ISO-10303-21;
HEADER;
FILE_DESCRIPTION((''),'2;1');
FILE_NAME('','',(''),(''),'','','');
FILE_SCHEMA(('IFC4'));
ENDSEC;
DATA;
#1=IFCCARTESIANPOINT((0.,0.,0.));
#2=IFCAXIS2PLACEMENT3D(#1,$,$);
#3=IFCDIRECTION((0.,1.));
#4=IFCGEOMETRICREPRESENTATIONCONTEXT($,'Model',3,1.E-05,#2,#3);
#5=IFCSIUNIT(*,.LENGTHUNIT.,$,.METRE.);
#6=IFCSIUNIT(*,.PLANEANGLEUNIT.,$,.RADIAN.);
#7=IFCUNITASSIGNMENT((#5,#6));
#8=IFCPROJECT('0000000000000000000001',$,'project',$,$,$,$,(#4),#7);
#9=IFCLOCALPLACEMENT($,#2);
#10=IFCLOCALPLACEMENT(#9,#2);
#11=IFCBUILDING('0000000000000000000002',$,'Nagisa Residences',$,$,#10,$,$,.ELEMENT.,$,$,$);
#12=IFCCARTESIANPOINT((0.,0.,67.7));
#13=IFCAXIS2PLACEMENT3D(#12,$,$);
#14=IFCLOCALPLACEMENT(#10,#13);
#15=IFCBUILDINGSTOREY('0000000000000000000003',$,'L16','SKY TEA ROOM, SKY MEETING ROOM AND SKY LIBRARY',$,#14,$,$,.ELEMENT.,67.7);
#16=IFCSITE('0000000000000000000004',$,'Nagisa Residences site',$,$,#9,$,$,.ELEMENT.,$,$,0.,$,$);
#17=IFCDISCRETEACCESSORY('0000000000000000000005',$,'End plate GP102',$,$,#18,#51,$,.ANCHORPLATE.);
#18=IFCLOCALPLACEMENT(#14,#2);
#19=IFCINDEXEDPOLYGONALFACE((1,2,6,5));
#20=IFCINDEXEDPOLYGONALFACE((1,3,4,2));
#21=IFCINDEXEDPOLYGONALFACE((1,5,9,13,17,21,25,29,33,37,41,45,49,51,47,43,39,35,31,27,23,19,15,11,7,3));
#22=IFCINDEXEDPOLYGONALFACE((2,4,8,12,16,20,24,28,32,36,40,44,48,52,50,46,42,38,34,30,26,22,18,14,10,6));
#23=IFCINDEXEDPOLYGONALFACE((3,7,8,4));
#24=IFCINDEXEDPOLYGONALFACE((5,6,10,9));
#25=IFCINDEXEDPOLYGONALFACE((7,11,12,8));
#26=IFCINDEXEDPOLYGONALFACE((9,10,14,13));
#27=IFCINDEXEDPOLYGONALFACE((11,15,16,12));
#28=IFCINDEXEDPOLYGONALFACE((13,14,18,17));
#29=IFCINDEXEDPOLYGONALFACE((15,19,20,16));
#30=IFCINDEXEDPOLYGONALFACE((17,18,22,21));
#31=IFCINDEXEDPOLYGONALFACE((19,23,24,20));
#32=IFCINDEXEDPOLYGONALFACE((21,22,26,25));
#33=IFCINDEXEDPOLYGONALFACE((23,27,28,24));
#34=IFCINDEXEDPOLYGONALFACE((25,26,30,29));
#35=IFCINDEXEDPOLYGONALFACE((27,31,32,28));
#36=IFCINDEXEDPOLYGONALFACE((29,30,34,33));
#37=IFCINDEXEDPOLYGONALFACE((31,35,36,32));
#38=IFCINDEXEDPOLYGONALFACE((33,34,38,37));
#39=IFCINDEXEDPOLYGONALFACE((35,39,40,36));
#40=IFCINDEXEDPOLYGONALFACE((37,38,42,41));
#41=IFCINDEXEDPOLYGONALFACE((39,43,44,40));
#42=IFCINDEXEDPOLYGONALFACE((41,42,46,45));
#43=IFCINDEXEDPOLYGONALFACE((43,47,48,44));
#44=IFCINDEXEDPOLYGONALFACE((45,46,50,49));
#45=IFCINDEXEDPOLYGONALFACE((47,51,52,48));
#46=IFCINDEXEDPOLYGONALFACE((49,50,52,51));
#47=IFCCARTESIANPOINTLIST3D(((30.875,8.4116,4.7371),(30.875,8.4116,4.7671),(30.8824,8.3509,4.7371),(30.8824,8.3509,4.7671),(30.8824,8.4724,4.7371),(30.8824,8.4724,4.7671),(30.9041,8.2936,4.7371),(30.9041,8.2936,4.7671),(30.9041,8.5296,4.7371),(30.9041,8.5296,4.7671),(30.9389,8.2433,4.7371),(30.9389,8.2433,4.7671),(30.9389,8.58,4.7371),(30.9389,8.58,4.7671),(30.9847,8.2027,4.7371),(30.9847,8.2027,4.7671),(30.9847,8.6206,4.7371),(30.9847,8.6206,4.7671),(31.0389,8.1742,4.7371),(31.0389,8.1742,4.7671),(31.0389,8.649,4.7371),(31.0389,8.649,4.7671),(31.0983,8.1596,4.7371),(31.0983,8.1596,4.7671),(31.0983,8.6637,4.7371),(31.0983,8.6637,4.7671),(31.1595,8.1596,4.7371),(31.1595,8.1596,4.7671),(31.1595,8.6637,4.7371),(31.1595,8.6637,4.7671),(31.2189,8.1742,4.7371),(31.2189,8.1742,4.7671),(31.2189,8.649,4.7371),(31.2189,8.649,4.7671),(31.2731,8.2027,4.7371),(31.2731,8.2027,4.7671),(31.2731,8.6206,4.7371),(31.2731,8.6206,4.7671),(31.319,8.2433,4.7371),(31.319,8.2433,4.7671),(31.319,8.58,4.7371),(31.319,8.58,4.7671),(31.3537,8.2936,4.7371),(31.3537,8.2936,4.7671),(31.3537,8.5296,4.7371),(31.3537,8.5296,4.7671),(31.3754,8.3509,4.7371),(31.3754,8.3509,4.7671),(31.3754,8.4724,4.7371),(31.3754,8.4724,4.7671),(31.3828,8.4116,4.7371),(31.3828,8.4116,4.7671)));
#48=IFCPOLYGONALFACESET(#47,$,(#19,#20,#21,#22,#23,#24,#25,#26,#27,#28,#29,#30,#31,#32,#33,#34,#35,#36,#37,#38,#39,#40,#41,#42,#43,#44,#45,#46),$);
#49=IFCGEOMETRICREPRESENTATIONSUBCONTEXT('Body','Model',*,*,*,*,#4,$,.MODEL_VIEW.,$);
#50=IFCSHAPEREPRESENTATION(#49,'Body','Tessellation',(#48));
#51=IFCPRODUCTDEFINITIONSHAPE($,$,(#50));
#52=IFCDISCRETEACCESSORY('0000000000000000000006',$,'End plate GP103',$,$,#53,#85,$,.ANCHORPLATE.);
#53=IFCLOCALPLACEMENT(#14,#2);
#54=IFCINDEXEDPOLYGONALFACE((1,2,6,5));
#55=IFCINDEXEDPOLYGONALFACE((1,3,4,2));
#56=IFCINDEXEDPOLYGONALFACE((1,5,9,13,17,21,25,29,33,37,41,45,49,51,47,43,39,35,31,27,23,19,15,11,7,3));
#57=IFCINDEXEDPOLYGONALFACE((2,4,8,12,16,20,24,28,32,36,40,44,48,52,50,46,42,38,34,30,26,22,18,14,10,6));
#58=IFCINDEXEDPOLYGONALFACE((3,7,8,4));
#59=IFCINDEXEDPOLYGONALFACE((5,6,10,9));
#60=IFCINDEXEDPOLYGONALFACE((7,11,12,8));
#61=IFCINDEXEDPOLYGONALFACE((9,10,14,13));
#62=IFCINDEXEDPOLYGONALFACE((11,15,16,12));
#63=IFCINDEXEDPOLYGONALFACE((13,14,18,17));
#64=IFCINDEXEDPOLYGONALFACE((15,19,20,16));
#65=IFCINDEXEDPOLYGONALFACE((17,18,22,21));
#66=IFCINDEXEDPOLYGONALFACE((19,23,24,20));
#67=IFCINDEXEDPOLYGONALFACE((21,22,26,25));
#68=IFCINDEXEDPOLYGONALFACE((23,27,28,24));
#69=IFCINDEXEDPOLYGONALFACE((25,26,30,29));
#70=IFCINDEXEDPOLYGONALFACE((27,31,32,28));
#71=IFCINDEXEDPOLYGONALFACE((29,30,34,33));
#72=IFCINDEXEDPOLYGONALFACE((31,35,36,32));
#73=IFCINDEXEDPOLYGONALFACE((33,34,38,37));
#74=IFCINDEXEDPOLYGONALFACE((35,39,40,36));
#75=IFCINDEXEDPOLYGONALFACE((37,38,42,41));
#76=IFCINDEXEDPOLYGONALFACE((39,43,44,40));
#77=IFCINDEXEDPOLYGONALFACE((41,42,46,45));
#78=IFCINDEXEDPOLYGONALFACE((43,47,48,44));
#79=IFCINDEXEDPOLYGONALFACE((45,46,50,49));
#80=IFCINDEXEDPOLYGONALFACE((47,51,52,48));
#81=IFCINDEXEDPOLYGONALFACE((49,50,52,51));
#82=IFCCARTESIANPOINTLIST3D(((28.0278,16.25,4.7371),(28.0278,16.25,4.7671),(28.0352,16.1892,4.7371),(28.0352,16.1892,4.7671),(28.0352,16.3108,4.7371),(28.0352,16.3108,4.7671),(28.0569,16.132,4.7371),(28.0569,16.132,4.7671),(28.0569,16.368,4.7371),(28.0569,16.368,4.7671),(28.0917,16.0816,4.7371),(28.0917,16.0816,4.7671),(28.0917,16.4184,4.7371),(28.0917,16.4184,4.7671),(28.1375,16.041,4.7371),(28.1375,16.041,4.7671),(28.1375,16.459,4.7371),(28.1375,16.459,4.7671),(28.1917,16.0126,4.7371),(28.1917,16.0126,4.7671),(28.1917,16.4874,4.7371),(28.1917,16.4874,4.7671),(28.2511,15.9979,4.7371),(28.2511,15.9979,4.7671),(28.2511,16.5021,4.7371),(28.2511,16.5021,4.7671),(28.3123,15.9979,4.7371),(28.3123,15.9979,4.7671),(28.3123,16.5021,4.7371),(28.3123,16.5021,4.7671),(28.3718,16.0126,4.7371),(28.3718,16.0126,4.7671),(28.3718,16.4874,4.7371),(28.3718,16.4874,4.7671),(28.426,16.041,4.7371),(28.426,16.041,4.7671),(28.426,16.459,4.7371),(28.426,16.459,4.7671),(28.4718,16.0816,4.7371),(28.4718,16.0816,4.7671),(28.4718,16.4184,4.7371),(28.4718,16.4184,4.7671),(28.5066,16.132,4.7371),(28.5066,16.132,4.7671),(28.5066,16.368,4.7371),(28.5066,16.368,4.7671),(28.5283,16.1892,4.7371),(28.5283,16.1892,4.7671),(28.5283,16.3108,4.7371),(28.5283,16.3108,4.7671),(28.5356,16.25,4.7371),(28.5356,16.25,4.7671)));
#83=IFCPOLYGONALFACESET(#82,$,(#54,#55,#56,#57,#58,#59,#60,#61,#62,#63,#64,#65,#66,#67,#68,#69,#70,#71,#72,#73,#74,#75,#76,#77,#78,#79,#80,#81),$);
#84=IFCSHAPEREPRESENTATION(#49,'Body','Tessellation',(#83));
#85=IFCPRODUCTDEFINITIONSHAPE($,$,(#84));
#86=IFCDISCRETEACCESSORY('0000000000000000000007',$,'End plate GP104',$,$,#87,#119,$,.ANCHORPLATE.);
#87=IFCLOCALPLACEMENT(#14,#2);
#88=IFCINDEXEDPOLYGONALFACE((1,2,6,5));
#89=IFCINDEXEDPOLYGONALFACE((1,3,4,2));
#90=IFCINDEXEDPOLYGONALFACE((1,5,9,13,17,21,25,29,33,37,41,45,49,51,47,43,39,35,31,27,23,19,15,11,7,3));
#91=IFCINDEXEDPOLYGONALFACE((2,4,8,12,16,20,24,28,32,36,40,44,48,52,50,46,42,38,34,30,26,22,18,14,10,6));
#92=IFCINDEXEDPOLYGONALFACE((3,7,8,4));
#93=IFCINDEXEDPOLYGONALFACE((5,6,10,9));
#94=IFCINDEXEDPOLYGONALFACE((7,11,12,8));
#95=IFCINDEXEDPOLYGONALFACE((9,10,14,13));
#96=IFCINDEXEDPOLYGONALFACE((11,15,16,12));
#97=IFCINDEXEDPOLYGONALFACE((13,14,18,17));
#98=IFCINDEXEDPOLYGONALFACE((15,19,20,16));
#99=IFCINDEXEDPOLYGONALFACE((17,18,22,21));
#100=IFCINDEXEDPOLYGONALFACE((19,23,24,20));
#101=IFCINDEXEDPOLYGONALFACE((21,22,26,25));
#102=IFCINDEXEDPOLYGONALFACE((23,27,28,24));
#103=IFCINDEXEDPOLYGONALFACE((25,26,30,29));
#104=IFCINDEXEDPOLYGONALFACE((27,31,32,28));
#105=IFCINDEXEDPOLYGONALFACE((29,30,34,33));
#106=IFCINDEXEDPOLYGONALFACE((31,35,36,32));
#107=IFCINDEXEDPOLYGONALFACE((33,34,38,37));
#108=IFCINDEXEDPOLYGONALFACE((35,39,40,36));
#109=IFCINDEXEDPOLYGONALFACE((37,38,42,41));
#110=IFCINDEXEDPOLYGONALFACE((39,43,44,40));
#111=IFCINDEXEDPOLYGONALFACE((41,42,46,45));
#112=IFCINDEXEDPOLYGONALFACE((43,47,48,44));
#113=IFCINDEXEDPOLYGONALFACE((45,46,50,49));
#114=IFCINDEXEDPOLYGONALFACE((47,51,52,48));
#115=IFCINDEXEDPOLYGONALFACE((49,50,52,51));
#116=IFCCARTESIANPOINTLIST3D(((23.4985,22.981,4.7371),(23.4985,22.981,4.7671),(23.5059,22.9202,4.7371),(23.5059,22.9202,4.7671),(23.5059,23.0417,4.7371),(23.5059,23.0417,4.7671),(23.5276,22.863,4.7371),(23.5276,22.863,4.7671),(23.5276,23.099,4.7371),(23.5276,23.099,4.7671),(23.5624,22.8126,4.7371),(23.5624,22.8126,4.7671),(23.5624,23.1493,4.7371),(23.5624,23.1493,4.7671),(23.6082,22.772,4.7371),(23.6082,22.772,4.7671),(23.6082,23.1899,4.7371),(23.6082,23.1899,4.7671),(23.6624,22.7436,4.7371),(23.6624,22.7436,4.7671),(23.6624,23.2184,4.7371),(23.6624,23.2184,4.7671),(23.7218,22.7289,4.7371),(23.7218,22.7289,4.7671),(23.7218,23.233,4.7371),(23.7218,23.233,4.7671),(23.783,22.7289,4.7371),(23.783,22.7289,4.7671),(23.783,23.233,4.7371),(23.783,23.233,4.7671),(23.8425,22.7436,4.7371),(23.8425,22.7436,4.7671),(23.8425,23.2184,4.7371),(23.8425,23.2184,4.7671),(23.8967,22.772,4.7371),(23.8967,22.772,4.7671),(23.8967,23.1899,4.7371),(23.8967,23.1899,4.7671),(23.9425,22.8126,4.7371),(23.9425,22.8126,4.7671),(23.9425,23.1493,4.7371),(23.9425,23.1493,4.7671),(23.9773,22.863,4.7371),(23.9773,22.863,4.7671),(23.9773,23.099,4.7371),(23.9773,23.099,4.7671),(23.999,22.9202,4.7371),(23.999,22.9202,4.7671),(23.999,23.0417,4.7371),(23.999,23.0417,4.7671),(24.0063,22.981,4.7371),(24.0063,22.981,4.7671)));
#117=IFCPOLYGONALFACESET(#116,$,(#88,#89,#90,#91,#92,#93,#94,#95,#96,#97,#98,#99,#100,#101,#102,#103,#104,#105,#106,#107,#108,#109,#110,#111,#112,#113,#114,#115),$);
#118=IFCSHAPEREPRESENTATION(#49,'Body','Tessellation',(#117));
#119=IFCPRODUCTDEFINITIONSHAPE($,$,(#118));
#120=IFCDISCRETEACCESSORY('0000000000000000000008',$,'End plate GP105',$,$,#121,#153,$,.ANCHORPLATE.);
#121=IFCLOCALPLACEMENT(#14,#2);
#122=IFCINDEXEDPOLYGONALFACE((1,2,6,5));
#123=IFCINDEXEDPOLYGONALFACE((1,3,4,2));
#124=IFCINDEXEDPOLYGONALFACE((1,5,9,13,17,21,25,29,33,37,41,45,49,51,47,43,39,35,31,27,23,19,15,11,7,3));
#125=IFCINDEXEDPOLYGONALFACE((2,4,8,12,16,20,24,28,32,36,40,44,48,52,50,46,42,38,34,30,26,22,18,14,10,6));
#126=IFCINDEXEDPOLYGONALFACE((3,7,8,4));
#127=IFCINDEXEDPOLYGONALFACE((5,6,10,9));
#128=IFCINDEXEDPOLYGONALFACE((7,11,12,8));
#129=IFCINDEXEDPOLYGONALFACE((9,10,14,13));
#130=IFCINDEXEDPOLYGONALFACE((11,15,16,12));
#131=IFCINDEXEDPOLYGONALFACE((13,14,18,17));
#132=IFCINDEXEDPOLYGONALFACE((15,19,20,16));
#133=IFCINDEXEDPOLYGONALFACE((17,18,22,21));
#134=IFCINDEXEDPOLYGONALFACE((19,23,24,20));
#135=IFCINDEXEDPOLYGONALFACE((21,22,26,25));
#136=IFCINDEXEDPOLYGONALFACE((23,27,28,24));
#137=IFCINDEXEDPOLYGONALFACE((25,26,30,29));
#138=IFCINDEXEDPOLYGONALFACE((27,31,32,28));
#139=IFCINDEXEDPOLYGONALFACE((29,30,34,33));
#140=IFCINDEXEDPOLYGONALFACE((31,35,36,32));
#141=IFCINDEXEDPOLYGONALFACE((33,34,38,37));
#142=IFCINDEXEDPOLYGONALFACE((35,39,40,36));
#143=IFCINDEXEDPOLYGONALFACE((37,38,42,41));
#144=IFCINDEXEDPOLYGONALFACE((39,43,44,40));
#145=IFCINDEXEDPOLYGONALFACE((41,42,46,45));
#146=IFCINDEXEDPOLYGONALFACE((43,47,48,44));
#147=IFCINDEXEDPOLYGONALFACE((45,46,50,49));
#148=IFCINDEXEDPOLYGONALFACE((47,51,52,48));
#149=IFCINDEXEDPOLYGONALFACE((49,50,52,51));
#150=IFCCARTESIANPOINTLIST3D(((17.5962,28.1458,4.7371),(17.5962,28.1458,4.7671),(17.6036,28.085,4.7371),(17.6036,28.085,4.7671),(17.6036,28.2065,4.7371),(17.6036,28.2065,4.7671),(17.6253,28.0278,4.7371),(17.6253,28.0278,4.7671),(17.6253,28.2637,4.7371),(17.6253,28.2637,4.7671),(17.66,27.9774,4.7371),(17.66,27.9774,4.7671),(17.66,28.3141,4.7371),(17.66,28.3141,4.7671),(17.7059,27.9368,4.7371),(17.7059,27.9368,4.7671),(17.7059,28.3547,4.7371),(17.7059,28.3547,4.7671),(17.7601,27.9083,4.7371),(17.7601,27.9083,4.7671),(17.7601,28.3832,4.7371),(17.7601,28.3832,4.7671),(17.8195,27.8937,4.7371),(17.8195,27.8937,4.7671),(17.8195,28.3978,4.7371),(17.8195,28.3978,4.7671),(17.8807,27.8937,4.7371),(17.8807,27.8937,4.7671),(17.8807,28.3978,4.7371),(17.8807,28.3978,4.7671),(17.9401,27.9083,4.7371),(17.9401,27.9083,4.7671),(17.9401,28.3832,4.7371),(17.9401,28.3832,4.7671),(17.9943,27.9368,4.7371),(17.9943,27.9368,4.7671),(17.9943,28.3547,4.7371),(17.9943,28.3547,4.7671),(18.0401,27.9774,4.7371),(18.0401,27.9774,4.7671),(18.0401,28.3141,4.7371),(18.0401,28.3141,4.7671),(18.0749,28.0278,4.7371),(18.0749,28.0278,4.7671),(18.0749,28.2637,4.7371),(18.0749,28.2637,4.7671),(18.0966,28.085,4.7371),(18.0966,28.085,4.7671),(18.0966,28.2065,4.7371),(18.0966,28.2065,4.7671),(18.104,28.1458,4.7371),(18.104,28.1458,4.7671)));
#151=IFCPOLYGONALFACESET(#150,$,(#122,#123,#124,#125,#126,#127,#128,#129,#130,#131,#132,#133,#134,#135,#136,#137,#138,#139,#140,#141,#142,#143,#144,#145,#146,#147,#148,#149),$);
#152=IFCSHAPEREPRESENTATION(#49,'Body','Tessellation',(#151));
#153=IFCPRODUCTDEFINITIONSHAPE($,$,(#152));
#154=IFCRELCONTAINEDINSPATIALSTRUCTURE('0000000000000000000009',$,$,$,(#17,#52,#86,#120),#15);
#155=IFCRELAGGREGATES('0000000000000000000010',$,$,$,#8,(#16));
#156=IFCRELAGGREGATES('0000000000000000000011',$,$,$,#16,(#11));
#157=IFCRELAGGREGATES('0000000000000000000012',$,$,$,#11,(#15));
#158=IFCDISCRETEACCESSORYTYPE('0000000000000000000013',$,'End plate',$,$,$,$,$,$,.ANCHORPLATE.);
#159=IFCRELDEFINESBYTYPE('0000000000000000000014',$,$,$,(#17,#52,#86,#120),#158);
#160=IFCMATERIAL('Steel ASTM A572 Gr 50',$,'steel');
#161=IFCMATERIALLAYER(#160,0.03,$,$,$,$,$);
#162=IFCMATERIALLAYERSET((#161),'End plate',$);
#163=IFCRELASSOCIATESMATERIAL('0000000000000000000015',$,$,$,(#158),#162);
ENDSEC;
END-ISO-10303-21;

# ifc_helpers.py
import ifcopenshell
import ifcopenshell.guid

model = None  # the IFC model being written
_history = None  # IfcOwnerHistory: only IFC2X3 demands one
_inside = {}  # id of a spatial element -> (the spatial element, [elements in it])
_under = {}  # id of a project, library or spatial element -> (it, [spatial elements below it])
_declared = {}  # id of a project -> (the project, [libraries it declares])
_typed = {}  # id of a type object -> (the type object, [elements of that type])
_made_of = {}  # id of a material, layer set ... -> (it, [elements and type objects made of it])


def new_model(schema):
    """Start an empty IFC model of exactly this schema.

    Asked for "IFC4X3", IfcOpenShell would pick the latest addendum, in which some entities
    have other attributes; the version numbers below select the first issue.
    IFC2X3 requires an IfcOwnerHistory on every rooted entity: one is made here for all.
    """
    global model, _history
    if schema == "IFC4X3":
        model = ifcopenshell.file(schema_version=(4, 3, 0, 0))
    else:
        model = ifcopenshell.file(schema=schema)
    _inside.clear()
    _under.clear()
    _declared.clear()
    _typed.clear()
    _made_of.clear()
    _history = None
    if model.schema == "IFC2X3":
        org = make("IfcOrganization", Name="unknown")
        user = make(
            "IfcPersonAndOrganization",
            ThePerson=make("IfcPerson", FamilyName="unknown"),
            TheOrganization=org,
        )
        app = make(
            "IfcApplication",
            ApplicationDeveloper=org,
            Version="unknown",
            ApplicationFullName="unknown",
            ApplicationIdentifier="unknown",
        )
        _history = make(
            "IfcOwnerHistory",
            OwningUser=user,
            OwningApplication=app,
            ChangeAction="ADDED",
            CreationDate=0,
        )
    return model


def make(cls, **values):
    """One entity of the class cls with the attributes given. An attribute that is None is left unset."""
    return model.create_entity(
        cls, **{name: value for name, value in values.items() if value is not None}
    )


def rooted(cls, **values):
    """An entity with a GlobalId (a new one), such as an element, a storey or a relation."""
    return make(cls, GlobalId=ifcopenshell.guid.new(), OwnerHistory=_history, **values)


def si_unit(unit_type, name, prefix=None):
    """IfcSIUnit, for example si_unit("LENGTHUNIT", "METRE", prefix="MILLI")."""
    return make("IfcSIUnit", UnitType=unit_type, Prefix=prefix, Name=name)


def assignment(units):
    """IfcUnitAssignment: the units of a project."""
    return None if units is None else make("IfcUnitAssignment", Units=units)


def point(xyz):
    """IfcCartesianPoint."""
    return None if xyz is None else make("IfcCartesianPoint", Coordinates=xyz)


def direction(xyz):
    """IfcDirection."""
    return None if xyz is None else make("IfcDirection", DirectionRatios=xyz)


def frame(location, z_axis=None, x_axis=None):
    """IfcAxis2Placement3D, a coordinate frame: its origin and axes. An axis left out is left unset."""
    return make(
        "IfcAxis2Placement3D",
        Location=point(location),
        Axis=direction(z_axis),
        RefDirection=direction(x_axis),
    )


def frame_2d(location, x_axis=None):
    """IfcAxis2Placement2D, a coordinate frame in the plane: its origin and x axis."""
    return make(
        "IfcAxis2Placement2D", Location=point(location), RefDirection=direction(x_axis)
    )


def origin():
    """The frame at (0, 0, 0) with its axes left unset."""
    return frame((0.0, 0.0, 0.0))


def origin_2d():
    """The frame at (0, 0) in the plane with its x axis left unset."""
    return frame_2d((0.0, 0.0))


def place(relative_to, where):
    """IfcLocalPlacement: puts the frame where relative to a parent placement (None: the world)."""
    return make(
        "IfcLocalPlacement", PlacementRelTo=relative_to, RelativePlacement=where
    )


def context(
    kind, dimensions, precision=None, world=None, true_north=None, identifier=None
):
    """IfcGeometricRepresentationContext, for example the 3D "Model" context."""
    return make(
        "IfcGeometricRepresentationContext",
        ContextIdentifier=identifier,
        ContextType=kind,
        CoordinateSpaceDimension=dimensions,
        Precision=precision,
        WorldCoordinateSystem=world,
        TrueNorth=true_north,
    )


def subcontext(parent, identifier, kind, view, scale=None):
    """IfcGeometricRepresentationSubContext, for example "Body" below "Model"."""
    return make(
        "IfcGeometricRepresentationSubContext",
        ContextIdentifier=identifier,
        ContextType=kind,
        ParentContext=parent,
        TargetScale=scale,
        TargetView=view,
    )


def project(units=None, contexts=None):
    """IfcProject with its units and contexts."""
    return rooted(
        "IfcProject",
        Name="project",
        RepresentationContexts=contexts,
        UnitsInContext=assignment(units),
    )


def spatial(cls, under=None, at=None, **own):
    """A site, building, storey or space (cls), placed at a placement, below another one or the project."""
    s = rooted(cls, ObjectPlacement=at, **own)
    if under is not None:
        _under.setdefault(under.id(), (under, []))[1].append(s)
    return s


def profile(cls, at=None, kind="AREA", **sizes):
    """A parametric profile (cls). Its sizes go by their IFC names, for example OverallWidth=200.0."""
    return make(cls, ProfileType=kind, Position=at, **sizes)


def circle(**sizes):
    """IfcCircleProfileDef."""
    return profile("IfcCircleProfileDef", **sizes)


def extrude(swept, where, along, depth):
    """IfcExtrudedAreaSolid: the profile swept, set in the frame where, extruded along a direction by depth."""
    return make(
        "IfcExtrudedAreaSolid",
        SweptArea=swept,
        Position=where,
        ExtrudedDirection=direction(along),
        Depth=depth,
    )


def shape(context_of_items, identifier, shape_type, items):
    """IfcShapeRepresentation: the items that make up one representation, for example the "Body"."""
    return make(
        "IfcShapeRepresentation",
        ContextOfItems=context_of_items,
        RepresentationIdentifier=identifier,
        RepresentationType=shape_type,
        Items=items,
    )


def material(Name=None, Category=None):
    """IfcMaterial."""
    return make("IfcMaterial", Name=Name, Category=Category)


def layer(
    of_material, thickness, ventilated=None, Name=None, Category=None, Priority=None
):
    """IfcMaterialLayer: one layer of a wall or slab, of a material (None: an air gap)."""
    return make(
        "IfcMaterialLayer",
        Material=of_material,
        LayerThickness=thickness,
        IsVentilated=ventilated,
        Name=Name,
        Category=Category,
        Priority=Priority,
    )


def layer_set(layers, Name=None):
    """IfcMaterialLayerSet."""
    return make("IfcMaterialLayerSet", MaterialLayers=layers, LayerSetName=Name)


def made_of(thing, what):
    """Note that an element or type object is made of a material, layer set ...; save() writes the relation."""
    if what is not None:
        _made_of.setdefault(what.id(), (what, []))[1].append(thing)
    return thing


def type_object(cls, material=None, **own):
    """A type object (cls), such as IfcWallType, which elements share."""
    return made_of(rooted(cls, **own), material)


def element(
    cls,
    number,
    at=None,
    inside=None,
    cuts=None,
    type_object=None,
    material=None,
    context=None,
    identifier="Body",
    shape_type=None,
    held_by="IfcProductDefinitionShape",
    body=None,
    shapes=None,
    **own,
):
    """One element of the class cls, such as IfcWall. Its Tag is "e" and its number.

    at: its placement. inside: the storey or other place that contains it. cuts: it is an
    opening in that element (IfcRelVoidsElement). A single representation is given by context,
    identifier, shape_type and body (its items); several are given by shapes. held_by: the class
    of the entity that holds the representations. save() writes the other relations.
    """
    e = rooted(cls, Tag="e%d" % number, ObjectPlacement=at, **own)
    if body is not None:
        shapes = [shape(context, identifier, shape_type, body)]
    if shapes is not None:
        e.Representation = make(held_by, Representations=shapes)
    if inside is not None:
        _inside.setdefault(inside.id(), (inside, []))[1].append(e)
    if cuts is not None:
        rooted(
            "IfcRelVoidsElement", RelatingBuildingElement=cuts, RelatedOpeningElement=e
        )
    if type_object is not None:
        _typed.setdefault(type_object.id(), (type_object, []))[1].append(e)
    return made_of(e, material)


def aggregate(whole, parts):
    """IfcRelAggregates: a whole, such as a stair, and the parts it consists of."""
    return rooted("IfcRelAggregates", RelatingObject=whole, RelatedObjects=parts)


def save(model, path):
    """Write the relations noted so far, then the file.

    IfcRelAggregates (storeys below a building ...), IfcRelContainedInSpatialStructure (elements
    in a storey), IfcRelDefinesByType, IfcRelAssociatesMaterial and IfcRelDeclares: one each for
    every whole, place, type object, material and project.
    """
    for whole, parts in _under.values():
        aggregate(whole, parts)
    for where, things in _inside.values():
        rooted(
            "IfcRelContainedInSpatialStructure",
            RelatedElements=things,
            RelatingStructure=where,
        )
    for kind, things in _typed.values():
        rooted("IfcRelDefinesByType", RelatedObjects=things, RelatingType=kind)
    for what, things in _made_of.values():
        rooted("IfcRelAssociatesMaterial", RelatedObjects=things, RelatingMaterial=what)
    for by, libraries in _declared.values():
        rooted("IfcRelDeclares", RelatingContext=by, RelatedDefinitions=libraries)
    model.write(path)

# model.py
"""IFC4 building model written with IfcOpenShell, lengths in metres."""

from ifc_helpers import new_model, si_unit, direction, frame, origin, origin_2d, place, context, subcontext, project, spatial, circle, extrude, material, layer, layer_set, type_object, element, save


model = new_model("IFC4")

# Units and contexts
model_context = context("Model", 3, precision=1e-05, world=origin(), true_north=direction((0.0, 1.0)))
body_context = subcontext(model_context, "Body", "Model", "MODEL_VIEW")
ifc_project = project(units=[si_unit("LENGTHUNIT", "METRE"), si_unit("PLANEANGLEUNIT", "RADIAN")], contexts=[model_context])

# Site, building, storey
site_placement = place(None, origin())
site = spatial("IfcSite", under=ifc_project, at=site_placement, Name="Nagisa Residences site", CompositionType="ELEMENT", RefElevation=0.0)
building_placement = place(site_placement, origin())
building = spatial("IfcBuilding", under=site, at=building_placement, Name="Nagisa Residences", CompositionType="ELEMENT")
storey_placement = place(building_placement, frame((0.0, 0.0, 67.7)))
storey = spatial("IfcBuildingStorey", under=building, at=storey_placement, Name="L16", Description="SKY TEA ROOM, SKY MEETING ROOM AND SKY LIBRARY", CompositionType="ELEMENT", Elevation=67.7)

# Discrete accessories
ifc_material_1 = material(Name="Steel ASTM A572 Gr 50", Category="steel")
ifc_layer = layer(ifc_material_1, 0.03)
ifc_layer_set = layer_set([ifc_layer], Name="End plate")
discrete_accessory_type_1 = type_object("IfcDiscreteAccessoryType", Name="End plate", PredefinedType="ANCHORPLATE", material=ifc_layer_set)
for number, where, z_axis, x_axis, name in (
    (1, (31.1289, 8.4116, 4.7371), (0.0, 0.0, 1.0), (1.0, 0.0, 0.0), "End plate GP102"),
    (2, (28.2817, 16.25, 4.7371), (0.0, 0.0, 1.0), (1.0, 0.0, 0.0), "End plate GP103"),
    (3, (23.7524, 22.981, 4.7371), (0.0, 0.0, 1.0), (1.0, 0.0, 0.0), "End plate GP104"),
    (4, (17.8501, 28.1458, 4.7371), (0.0, 0.0, 1.0), (1.0, 0.0, 0.0), "End plate GP105"),
):
    element("IfcDiscreteAccessory", number, at=place(storey_placement, frame(where, z_axis=z_axis, x_axis=x_axis)), inside=storey, type_object=discrete_accessory_type_1, Name=name, PredefinedType="ANCHORPLATE", context=body_context, shape_type="SweptSolid", body=[
        extrude(circle(Radius=0.2539, at=origin_2d()), origin(), (0.0, 0.0, 1.0), 0.03),
    ])

save(model, "model.ifc")
